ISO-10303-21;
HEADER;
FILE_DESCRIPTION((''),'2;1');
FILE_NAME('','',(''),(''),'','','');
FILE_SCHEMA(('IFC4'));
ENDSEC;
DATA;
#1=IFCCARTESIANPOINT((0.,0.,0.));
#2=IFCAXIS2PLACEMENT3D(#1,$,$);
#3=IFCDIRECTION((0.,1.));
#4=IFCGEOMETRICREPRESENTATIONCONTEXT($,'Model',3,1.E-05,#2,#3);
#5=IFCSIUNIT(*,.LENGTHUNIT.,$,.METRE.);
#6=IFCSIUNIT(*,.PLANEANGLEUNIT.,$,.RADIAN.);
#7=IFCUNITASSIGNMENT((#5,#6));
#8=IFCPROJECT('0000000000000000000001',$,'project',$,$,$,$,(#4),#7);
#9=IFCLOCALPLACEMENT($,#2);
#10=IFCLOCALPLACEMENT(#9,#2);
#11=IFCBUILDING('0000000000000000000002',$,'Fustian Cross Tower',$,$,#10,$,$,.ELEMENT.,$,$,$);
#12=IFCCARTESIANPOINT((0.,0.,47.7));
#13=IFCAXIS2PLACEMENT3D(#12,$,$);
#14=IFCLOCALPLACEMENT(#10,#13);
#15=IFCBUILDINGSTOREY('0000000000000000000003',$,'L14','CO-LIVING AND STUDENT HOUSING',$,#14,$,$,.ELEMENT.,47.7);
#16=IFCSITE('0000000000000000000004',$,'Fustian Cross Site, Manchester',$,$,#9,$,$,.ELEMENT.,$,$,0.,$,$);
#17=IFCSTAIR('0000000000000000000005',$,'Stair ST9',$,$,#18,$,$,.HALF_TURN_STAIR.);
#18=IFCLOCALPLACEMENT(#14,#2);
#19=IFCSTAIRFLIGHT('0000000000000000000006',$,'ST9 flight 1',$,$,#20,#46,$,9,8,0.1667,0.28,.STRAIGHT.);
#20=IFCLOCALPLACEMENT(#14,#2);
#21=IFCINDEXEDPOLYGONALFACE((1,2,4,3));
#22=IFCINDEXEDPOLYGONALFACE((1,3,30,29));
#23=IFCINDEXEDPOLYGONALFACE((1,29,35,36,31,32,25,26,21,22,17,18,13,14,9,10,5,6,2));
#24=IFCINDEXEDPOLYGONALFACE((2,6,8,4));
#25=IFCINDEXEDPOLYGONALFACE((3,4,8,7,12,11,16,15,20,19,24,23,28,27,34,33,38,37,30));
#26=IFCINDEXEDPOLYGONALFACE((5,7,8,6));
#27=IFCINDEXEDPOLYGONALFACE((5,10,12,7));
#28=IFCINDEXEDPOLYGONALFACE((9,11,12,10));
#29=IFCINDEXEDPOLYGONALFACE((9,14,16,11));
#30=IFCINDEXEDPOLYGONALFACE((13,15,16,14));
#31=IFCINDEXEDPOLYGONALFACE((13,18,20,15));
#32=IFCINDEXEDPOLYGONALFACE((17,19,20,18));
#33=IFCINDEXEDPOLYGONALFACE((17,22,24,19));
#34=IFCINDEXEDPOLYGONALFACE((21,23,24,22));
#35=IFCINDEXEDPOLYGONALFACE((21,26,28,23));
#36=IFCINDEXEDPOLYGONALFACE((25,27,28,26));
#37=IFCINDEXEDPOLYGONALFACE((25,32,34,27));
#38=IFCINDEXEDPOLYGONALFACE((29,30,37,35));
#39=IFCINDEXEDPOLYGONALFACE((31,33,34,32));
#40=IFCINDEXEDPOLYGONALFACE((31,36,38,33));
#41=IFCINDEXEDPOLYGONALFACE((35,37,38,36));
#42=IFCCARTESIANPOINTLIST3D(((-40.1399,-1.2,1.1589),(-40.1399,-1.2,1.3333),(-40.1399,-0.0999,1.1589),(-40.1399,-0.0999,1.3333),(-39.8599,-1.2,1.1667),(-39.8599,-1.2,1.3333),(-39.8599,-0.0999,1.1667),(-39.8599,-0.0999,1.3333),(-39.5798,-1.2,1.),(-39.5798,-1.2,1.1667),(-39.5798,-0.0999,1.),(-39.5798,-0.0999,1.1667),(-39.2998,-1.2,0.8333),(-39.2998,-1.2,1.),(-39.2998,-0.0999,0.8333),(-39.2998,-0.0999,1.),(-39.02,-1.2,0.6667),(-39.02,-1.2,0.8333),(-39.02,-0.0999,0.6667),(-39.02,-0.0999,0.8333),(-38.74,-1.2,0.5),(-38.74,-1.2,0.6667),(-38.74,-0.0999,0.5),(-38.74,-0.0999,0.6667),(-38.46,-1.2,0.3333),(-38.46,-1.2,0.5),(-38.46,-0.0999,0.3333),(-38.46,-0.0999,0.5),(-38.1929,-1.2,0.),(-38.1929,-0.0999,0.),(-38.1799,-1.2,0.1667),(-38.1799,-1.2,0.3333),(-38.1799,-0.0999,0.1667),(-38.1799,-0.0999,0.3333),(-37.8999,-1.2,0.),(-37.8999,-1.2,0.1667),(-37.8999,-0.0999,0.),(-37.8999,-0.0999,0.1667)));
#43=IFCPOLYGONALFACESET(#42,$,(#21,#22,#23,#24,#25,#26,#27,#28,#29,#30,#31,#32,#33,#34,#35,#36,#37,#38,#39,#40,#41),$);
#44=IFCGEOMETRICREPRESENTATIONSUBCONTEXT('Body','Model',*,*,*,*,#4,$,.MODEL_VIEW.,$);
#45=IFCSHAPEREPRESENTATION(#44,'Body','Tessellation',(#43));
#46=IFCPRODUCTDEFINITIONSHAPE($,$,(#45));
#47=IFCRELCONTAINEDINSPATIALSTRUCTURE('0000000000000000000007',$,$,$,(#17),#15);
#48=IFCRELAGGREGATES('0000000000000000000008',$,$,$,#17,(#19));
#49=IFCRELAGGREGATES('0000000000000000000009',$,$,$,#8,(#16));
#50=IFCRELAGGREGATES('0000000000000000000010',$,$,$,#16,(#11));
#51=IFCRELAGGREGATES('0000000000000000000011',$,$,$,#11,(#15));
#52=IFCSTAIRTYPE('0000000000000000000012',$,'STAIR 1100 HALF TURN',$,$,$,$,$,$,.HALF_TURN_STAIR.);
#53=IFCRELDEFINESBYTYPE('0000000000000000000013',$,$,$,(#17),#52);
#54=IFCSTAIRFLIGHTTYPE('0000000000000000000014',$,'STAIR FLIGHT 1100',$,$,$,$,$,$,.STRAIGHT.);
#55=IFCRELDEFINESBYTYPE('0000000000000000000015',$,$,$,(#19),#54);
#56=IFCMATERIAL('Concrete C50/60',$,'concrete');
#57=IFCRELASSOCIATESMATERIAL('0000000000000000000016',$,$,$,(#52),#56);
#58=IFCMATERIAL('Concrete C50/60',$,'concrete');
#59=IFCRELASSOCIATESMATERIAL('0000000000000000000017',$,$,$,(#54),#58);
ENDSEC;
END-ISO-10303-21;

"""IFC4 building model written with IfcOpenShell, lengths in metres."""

from ifc_helpers import new_model, si_unit, direction, frame, origin, place, context, subcontext, project, spatial, polyline, outline, extrude, material, type_object, element, aggregate, save


model = new_model("IFC4")

# Units and contexts
model_context = context("Model", 3, precision=1e-05, world=origin(), true_north=direction((0.0, 1.0)))
body_context = subcontext(model_context, "Body", "Model", "MODEL_VIEW")
ifc_project = project(units=[si_unit("LENGTHUNIT", "METRE"), si_unit("PLANEANGLEUNIT", "RADIAN")], contexts=[model_context])

# Site, building, storey
site_placement = place(None, origin())
site = spatial("IfcSite", under=ifc_project, at=site_placement, Name="Fustian Cross Site, Manchester", CompositionType="ELEMENT", RefElevation=0.0)
building_placement = place(site_placement, origin())
building = spatial("IfcBuilding", under=site, at=building_placement, Name="Fustian Cross Tower", CompositionType="ELEMENT")
storey_placement = place(building_placement, frame((0.0, 0.0, 47.7)))
storey = spatial("IfcBuildingStorey", under=building, at=storey_placement, Name="L14", Description="CO-LIVING AND STUDENT HOUSING", CompositionType="ELEMENT", Elevation=47.7)

# Stair, stair flight
ifc_material_1 = material(Name="Concrete C50/60", Category="concrete")
stair_type = type_object("IfcStairType", Name="STAIR 1100 HALF TURN", PredefinedType="HALF_TURN_STAIR", material=ifc_material_1)
stair_placement = place(storey_placement, origin())
stair = element("IfcStair", 1, at=stair_placement, inside=storey, type_object=stair_type, Name="Stair ST9", PredefinedType="HALF_TURN_STAIR")
ifc_material_2 = material(Name="Concrete C50/60", Category="concrete")
stair_flight_type = type_object("IfcStairFlightType", Name="STAIR FLIGHT 1100", PredefinedType="STRAIGHT", material=ifc_material_2)
stair_flight_placement = place(storey_placement, frame((-37.8999, -0.6499, 0.0), z_axis=(0.0, 0.0, 1.0), x_axis=(-1.0, 0.0, 0.0)))
stair_flight = element("IfcStairFlight", 2, at=stair_flight_placement, type_object=stair_flight_type, Name="ST9 flight 1", NumberOfRisers=9, NumberOfTreads=8, PredefinedType="STRAIGHT", RiserHeight=0.1667, TreadLength=0.28, context=body_context, shape_type="SweptSolid", body=[
    extrude(outline(polyline([(0.0, 0.0), (0.0, 0.1667), (0.28, 0.1667), (0.28, 0.3333), (0.5601, 0.3333), (0.5601, 0.5), (0.8401, 0.5), (0.8401, 0.6667), (1.1201, 0.6667), (1.1201, 0.8333), (1.3999, 0.8333), (1.3999, 1.0), (1.6799, 1.0), (1.6799, 1.1667), (1.96, 1.1667), (1.96, 1.3333), (2.24, 1.3333), (2.24, 1.5), (2.24, 1.1589), (0.293, 0.0), (0.0, 0.0)])), frame((0.0, 0.55, 0.0), z_axis=(0.0, -1.0, 0.0), x_axis=(1.0, 0.0, 0.0)), (0.0, 0.0, 1.0), 1.1001),
])
aggregate(stair, [stair_flight])

save(model, "model.ifc")
